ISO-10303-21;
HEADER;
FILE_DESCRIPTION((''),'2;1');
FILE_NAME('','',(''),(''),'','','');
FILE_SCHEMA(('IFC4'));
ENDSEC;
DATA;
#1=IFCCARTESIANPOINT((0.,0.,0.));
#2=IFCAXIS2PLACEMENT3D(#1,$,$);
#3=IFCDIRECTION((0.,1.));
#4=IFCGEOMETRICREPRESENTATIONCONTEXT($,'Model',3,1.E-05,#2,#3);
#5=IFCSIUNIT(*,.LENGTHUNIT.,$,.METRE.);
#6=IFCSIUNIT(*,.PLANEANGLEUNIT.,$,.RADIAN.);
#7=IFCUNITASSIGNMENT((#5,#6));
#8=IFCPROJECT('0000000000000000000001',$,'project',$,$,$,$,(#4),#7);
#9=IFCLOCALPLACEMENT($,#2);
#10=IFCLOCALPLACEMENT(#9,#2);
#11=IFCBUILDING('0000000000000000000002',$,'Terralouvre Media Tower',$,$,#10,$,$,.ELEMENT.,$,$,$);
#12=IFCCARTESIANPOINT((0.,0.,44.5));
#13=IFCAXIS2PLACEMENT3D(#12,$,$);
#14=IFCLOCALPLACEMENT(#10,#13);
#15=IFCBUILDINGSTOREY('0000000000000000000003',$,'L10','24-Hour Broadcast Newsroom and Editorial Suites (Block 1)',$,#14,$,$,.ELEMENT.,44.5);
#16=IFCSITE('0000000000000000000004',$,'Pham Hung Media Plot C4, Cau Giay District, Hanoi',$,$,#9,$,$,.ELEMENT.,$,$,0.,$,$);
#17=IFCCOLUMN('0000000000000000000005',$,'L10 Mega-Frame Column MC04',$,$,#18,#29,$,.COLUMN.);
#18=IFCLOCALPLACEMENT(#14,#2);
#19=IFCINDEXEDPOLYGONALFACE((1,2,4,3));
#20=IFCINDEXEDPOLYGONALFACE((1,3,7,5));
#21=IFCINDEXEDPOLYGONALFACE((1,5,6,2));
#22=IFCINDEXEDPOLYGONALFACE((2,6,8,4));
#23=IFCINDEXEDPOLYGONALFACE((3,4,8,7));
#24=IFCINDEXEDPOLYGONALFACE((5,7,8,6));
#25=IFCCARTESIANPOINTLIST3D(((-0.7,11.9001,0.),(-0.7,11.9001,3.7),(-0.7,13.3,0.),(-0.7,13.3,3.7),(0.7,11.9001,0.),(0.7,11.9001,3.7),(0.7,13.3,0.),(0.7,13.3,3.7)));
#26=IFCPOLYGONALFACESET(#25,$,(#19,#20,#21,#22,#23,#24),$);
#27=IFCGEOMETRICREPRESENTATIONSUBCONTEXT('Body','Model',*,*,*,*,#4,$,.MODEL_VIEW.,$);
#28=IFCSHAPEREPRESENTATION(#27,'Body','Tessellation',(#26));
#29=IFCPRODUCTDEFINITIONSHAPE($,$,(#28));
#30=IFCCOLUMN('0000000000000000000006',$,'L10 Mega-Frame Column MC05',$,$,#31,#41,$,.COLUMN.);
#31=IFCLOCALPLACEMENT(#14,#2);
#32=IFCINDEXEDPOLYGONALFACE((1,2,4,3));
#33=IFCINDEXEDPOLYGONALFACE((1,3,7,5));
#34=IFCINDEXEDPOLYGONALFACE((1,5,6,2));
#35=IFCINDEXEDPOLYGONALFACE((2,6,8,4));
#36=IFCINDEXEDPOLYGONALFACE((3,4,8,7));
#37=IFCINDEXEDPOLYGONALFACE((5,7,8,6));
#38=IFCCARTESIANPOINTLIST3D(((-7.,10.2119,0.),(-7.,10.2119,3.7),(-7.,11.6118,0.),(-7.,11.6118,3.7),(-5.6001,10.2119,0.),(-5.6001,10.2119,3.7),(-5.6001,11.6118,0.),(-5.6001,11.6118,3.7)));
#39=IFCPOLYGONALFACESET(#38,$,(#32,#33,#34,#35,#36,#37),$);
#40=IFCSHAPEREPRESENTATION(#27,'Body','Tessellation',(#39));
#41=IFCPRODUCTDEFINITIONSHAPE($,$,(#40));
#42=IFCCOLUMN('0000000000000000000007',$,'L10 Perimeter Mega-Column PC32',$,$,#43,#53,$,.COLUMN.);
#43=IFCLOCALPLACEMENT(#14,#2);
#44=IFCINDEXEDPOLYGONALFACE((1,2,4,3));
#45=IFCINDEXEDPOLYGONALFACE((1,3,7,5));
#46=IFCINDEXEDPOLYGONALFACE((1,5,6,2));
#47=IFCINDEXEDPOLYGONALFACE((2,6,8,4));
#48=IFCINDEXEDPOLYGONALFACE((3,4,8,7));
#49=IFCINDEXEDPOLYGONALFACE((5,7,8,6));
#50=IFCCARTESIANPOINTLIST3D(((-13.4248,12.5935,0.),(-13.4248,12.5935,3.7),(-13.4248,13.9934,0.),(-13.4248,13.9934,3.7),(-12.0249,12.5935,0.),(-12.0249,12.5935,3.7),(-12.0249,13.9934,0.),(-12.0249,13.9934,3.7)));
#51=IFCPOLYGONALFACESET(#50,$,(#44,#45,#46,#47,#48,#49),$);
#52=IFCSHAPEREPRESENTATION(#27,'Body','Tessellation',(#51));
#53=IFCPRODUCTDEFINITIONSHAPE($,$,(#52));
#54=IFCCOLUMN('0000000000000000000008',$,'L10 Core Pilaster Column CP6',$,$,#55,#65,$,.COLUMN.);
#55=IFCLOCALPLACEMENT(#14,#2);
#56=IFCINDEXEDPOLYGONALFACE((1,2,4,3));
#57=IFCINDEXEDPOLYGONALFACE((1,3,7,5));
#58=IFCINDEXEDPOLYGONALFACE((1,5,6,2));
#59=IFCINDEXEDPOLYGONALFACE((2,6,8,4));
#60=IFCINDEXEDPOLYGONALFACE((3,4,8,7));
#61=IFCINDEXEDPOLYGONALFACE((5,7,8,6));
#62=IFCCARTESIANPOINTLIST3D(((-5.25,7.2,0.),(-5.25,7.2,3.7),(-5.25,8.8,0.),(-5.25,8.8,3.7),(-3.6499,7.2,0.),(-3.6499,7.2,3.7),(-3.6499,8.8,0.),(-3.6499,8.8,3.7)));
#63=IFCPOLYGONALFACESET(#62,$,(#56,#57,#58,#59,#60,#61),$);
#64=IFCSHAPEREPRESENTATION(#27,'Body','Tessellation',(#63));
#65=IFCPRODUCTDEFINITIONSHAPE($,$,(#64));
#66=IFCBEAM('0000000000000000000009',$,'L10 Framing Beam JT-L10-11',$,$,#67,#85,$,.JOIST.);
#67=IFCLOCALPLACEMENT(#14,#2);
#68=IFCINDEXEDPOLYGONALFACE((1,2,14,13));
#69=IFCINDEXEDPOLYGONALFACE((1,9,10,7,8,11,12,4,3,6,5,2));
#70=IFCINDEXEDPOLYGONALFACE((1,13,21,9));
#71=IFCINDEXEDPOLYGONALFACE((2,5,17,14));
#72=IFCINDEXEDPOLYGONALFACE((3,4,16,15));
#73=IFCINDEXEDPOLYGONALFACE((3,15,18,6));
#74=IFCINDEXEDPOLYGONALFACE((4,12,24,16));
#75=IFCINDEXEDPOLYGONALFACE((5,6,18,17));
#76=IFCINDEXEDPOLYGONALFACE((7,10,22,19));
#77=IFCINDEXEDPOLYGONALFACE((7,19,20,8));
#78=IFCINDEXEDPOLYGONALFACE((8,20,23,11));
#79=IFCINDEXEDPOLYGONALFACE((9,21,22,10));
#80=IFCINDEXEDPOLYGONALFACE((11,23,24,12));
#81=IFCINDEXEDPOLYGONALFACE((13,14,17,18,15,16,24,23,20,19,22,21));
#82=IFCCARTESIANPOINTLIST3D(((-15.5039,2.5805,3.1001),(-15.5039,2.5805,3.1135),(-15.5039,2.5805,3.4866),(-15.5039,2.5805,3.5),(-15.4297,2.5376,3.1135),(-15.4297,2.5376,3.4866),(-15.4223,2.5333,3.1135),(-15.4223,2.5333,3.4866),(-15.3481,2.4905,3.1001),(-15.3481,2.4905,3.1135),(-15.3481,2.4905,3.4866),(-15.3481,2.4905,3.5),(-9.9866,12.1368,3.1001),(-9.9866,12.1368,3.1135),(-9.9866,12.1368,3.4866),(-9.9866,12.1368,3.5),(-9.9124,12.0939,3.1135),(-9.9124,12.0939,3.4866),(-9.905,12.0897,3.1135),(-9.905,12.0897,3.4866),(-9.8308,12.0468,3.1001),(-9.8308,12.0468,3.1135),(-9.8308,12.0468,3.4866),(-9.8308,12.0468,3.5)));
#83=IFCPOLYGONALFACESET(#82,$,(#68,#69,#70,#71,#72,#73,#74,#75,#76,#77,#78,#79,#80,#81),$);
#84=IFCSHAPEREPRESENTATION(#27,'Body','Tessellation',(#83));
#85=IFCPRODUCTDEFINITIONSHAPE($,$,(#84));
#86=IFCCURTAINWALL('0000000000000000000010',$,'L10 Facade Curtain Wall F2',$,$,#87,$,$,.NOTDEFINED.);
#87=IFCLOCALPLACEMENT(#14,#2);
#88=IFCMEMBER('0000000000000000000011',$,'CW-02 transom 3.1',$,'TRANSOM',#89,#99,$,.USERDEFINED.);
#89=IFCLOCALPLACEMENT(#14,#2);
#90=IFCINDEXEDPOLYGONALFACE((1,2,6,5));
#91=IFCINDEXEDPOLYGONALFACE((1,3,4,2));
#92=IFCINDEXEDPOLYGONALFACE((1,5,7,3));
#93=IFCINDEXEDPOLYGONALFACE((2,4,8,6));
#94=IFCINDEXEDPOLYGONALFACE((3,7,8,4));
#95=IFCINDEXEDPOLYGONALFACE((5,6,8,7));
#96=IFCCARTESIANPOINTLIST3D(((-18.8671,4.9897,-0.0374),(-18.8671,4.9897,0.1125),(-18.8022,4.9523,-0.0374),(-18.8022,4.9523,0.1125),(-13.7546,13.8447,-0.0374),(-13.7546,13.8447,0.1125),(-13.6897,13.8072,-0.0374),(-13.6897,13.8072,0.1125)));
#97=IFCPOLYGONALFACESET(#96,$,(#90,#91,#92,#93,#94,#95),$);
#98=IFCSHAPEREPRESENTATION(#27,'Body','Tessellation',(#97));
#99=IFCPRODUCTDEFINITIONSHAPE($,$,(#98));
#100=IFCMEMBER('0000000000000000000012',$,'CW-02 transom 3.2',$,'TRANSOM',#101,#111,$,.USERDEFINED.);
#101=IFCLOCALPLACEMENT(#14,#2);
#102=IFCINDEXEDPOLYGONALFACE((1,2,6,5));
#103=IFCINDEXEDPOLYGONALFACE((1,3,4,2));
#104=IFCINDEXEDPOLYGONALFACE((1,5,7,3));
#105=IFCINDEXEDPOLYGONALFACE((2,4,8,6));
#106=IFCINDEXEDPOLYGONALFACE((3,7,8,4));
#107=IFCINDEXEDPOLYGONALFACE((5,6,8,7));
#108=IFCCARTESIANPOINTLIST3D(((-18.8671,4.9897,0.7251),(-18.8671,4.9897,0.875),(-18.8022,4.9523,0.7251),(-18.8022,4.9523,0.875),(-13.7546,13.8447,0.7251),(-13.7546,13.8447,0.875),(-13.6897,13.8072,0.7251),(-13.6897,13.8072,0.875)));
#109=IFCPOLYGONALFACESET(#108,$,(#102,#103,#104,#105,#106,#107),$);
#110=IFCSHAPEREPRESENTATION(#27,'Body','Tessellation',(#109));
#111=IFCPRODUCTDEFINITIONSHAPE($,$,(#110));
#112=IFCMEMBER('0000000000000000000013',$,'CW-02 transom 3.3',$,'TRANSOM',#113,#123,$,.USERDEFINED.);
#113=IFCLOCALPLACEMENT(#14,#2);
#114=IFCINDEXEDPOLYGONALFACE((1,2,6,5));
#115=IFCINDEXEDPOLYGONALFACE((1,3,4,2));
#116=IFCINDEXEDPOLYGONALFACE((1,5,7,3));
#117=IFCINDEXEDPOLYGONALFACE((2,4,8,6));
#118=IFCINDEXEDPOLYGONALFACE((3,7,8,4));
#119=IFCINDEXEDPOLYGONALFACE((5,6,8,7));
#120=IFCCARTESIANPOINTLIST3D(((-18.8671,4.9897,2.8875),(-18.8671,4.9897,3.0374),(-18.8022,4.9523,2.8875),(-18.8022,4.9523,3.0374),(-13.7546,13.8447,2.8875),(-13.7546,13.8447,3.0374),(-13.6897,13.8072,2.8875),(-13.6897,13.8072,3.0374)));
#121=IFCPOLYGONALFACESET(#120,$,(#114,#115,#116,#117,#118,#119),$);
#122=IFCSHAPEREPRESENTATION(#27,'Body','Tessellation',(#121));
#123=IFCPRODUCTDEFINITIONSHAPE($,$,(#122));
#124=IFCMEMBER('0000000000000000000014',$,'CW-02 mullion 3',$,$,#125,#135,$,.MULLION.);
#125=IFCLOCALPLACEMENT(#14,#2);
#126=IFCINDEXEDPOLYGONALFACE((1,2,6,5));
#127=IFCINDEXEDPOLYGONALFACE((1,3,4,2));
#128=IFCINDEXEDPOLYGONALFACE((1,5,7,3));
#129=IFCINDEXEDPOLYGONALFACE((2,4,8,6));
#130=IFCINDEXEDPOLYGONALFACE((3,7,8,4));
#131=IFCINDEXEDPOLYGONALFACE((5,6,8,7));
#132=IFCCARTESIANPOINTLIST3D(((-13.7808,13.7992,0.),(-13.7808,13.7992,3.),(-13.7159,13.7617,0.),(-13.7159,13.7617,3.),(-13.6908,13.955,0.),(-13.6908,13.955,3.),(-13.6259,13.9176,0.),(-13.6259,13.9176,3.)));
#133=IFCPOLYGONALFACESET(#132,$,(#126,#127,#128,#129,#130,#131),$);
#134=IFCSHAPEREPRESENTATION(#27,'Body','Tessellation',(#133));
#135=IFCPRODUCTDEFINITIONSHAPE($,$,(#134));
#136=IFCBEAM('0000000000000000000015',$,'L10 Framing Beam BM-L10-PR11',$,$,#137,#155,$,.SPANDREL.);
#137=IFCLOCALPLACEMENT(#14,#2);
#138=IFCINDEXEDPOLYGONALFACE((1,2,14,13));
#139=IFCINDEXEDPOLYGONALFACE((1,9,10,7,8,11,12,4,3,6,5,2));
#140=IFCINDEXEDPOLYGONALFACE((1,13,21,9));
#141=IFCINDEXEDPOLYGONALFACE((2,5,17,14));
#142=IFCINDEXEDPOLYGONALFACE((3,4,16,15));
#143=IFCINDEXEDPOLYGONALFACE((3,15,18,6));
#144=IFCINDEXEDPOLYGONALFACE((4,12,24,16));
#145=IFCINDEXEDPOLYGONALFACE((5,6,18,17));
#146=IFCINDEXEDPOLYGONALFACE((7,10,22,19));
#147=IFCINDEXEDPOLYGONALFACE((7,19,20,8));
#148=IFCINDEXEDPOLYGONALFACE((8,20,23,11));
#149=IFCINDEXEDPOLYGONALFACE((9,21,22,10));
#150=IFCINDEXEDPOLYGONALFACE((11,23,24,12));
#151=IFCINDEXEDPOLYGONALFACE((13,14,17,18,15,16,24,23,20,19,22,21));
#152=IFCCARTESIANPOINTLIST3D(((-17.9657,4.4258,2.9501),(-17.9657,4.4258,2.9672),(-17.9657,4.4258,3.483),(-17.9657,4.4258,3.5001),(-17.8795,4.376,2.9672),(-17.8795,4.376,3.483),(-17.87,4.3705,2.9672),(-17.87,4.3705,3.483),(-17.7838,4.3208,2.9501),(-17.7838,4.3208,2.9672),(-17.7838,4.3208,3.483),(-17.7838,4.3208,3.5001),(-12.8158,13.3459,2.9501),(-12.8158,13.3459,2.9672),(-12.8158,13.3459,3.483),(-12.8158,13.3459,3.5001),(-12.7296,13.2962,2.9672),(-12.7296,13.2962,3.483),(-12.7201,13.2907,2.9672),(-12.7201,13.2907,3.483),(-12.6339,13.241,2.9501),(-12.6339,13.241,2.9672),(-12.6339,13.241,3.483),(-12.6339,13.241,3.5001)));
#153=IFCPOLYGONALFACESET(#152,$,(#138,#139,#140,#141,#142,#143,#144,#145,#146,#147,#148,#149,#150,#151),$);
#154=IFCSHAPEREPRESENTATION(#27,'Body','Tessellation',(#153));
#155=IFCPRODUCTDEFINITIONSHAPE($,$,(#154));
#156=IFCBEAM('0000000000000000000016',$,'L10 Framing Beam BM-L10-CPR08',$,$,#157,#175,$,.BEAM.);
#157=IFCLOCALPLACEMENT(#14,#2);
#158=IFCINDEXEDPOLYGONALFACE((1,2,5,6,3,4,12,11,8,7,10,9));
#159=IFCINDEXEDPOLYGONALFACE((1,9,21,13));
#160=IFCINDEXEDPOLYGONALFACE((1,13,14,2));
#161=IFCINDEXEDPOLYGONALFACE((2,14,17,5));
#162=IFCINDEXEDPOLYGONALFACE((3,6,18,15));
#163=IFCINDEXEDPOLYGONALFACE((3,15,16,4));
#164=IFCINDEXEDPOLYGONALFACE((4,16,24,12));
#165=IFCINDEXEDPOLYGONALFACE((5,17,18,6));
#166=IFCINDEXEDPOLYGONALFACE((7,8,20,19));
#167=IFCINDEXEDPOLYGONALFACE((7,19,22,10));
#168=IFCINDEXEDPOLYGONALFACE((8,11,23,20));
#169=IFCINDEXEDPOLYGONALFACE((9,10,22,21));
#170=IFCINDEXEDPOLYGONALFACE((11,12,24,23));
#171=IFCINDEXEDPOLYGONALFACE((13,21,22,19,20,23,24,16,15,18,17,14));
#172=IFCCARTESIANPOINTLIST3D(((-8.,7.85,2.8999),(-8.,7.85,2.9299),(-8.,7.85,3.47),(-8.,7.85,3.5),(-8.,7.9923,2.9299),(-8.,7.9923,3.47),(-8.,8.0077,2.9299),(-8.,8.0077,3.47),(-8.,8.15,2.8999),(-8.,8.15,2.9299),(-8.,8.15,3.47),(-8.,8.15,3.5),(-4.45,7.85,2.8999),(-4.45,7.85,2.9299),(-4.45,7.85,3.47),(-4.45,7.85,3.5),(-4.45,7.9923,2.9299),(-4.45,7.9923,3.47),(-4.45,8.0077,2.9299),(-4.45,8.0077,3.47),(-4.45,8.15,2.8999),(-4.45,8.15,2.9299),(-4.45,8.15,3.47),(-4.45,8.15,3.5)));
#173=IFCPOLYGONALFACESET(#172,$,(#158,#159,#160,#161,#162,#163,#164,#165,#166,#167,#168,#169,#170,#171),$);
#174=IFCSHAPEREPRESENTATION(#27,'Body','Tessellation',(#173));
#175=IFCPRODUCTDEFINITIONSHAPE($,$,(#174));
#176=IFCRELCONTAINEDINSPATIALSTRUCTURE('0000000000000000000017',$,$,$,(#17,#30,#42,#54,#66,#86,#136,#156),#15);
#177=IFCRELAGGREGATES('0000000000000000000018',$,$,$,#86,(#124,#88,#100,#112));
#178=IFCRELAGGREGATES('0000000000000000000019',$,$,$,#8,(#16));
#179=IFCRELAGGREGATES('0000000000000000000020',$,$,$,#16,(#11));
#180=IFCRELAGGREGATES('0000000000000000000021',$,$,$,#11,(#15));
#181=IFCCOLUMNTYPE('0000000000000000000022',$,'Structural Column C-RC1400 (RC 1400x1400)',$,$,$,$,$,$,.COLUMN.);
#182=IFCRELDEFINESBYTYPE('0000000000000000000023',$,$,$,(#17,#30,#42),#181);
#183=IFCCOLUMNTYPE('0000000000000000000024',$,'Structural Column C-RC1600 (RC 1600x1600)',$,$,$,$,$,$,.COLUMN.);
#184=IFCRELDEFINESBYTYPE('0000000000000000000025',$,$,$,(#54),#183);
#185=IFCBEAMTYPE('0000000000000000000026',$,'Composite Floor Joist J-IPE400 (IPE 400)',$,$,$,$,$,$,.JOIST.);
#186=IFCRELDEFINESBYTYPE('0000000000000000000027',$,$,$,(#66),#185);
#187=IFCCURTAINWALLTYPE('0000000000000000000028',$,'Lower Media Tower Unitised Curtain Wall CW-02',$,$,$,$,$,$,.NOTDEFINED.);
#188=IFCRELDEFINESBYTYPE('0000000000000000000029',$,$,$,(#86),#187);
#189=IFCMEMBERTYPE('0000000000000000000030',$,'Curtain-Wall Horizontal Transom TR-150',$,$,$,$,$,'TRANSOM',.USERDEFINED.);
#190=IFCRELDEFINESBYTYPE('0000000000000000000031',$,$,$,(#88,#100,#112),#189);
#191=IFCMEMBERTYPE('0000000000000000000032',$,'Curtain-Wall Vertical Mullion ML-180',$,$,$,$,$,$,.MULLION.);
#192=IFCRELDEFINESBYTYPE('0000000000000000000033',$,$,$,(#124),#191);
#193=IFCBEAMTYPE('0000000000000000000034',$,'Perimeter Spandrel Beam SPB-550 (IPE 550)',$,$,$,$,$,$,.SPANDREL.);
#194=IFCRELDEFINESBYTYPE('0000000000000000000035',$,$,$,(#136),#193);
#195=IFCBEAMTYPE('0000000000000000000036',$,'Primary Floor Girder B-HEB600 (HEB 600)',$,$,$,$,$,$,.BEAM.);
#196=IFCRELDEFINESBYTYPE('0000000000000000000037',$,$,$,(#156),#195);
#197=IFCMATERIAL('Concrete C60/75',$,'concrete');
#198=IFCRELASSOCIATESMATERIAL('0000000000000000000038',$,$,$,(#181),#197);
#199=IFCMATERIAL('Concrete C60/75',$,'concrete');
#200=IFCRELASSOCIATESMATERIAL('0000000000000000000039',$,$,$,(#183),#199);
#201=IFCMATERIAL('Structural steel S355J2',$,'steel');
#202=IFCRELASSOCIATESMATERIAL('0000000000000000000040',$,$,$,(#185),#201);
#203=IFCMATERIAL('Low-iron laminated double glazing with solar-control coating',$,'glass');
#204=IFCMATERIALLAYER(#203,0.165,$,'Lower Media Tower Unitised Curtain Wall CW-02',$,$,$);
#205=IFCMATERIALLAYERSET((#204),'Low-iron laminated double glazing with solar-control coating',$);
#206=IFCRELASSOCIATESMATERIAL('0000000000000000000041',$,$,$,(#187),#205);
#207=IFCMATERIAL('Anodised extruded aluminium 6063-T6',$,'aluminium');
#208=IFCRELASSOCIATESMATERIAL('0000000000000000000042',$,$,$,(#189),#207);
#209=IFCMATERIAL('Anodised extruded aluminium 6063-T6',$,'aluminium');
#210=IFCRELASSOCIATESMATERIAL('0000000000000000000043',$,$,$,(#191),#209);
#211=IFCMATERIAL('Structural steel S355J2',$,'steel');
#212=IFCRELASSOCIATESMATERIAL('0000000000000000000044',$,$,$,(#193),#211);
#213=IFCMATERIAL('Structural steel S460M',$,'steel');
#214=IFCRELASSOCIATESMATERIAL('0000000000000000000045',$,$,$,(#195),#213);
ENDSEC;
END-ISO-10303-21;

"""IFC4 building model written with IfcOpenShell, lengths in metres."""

from ifc_helpers import new_model, si_unit, direction, frame, origin, origin_2d, place, context, subcontext, project, spatial, rectangle, i_section, extrude, material, layer, layer_set, material_profile, profile_set, type_object, element, aggregate, save


model = new_model("IFC4")

# Units and contexts
model_context = context("Model", 3, precision=1e-05, world=origin(), true_north=direction((0.0, 1.0)))
body_context = subcontext(model_context, "Body", "Model", "MODEL_VIEW")
ifc_project = project(units=[si_unit("LENGTHUNIT", "METRE"), si_unit("PLANEANGLEUNIT", "RADIAN")], contexts=[model_context])

# Site, building, storey
site_placement = place(None, origin())
site = spatial("IfcSite", under=ifc_project, at=site_placement, Name="Pham Hung Media Plot C4, Cau Giay District, Hanoi", CompositionType="ELEMENT", RefElevation=0.0)
building_placement = place(site_placement, origin())
building = spatial("IfcBuilding", under=site, at=building_placement, Name="Terralouvre Media Tower", CompositionType="ELEMENT")
storey_placement = place(building_placement, frame((0.0, 0.0, 44.5)))
storey = spatial("IfcBuildingStorey", under=building, at=storey_placement, Name="L10", Description="24-Hour Broadcast Newsroom and Editorial Suites (Block 1)", CompositionType="ELEMENT", Elevation=44.5)

# Columns
ifc_material_1 = material(Name="Concrete C60/75", Category="concrete")
ifc_material_profile_1 = material_profile(ifc_material_1, rectangle(XDim=1.3999, YDim=1.3999, at=origin_2d()), Name="RC 1400x1400")
ifc_profile_set_1 = profile_set([ifc_material_profile_1], Name="Concrete C60/75")
column_type_1 = type_object("IfcColumnType", Name="Structural Column C-RC1400 (RC 1400x1400)", PredefinedType="COLUMN", material=ifc_profile_set_1)
for number, where, z_axis, x_axis, name in (
    (1, (0.0, 12.6001, 0.0), (0.0, 0.0, 1.0), (1.0, 0.0, 0.0), "L10 Mega-Frame Column MC04"),
    (2, (-6.3, 10.9119, 0.0), (0.0, 0.0, 1.0), (1.0, 0.0, 0.0), "L10 Mega-Frame Column MC05"),
    (3, (-12.7249, 13.2935, 0.0), (0.0, 0.0, 1.0), (1.0, 0.0, 0.0), "L10 Perimeter Mega-Column PC32"),
):
    element("IfcColumn", number, at=place(storey_placement, frame(where, z_axis=z_axis, x_axis=x_axis)), inside=storey, type_object=column_type_1, Name=name, PredefinedType="COLUMN", context=body_context, shape_type="SweptSolid", body=[
        extrude(rectangle(XDim=1.3999, YDim=1.3999, at=origin_2d()), origin(), (0.0, 0.0, 1.0), 3.7),
    ])
ifc_material_2 = material(Name="Concrete C60/75", Category="concrete")
ifc_material_profile_2 = material_profile(ifc_material_2, rectangle(XDim=1.6001, YDim=1.6001, at=origin_2d()), Name="RC 1600x1600")
ifc_profile_set_2 = profile_set([ifc_material_profile_2], Name="Concrete C60/75")
column_type_2 = type_object("IfcColumnType", Name="Structural Column C-RC1600 (RC 1600x1600)", PredefinedType="COLUMN", material=ifc_profile_set_2)
column_placement = place(storey_placement, frame((-4.45, 8.0, 0.0), z_axis=(0.0, 0.0, 1.0), x_axis=(1.0, 0.0, 0.0)))
element("IfcColumn", 4, at=column_placement, inside=storey, type_object=column_type_2, Name="L10 Core Pilaster Column CP6", PredefinedType="COLUMN", context=body_context, shape_type="SweptSolid", body=[
    extrude(rectangle(XDim=1.6001, YDim=1.6001, at=origin_2d()), origin(), (0.0, 0.0, 1.0), 3.7),
])

# Beam
ifc_material_3 = material(Name="Structural steel S355J2", Category="steel")
ifc_material_profile_3 = material_profile(ifc_material_3, i_section(OverallWidth=0.1799, OverallDepth=0.3999, WebThickness=0.0085, FlangeThickness=0.0134, at=origin_2d()), Name="IPE 400")
ifc_profile_set_3 = profile_set([ifc_material_profile_3], Name="Structural steel S355J2")
beam_type_1 = type_object("IfcBeamType", Name="Composite Floor Joist J-IPE400 (IPE 400)", PredefinedType="JOIST", material=ifc_profile_set_3)
beam_1_placement = place(storey_placement, frame((-9.9087, 12.0918, 3.3), z_axis=(-0.499996, -0.866028, 0.0), x_axis=(0.866028, -0.499996, 0.0)))
element("IfcBeam", 5, at=beam_1_placement, inside=storey, type_object=beam_type_1, Name="L10 Framing Beam JT-L10-11", PredefinedType="JOIST", context=body_context, shape_type="SweptSolid", body=[
    extrude(i_section(OverallWidth=0.1799, OverallDepth=0.3999, WebThickness=0.0085, FlangeThickness=0.0134, at=origin_2d()), origin(), (0.0, 0.0, 1.0), 11.0347),
])

# Curtain wall, members
ifc_material_4 = material(Name="Low-iron laminated double glazing with solar-control coating", Category="glass")
ifc_layer_1 = layer(ifc_material_4, 0.165, Name="Lower Media Tower Unitised Curtain Wall CW-02")
ifc_layer_set_1 = layer_set([ifc_layer_1], Name="Low-iron laminated double glazing with solar-control coating")
curtain_wall_type = type_object("IfcCurtainWallType", Name="Lower Media Tower Unitised Curtain Wall CW-02", PredefinedType="NOTDEFINED", material=ifc_layer_set_1)
curtain_wall_placement = place(storey_placement, origin())
curtain_wall = element("IfcCurtainWall", 6, at=curtain_wall_placement, inside=storey, type_object=curtain_wall_type, Name="L10 Facade Curtain Wall F2", PredefinedType="NOTDEFINED")
ifc_material_5 = material(Name="Anodised extruded aluminium 6063-T6", Category="aluminium")
ifc_material_profile_4 = material_profile(ifc_material_5, rectangle(XDim=0.075, YDim=0.1499, at=origin_2d()), Name="ALU 75x150")
ifc_profile_set_4 = profile_set([ifc_material_profile_4], Name="Anodised extruded aluminium 6063-T6")
member_type_1 = type_object("IfcMemberType", Name="Curtain-Wall Horizontal Transom TR-150", ElementType="TRANSOM", PredefinedType="USERDEFINED", material=ifc_profile_set_4)
member_1_placement = place(storey_placement, frame((-13.7222, 13.8259, 0.0376), z_axis=(-0.500009, -0.86602, 0.0), x_axis=(0.86602, -0.500009, 0.0)))
member_1 = element("IfcMember", 7, at=member_1_placement, type_object=member_type_1, Name="CW-02 transom 3.1", ObjectType="TRANSOM", PredefinedType="USERDEFINED", context=body_context, shape_type="SweptSolid", body=[
    extrude(rectangle(XDim=0.075, YDim=0.1499, at=origin_2d()), origin(), (0.0, 0.0, 1.0), 10.2249),
])
member_2_placement = place(storey_placement, frame((-13.7222, 13.8259, 0.8), z_axis=(-0.500009, -0.86602, 0.0), x_axis=(0.86602, -0.500009, 0.0)))
member_2 = element("IfcMember", 8, at=member_2_placement, type_object=member_type_1, Name="CW-02 transom 3.2", ObjectType="TRANSOM", PredefinedType="USERDEFINED", context=body_context, shape_type="SweptSolid", body=[
    extrude(rectangle(XDim=0.075, YDim=0.1499, at=origin_2d()), origin(), (0.0, 0.0, 1.0), 10.2249),
])
member_3_placement = place(storey_placement, frame((-13.7222, 13.8259, 2.9624), z_axis=(-0.500009, -0.86602, 0.0), x_axis=(0.86602, -0.500009, 0.0)))
member_3 = element("IfcMember", 9, at=member_3_placement, type_object=member_type_1, Name="CW-02 transom 3.3", ObjectType="TRANSOM", PredefinedType="USERDEFINED", context=body_context, shape_type="SweptSolid", body=[
    extrude(rectangle(XDim=0.075, YDim=0.1499, at=origin_2d()), origin(), (0.0, 0.0, 1.0), 10.2249),
])
ifc_material_6 = material(Name="Anodised extruded aluminium 6063-T6", Category="aluminium")
ifc_material_profile_5 = material_profile(ifc_material_6, rectangle(XDim=0.075, YDim=0.1799, at=origin_2d()), Name="ALU 75x180")
ifc_profile_set_5 = profile_set([ifc_material_profile_5], Name="Anodised extruded aluminium 6063-T6")
member_type_2 = type_object("IfcMemberType", Name="Curtain-Wall Vertical Mullion ML-180", PredefinedType="MULLION", material=ifc_profile_set_5)
member_4_placement = place(storey_placement, frame((-13.7034, 13.8584, 0.0), z_axis=(0.0, 0.0, 1.0), x_axis=(0.866025, -0.5, 0.0)))
member_4 = element("IfcMember", 10, at=member_4_placement, type_object=member_type_2, Name="CW-02 mullion 3", PredefinedType="MULLION", context=body_context, shape_type="SweptSolid", body=[
    extrude(rectangle(XDim=0.075, YDim=0.1799, at=origin_2d()), origin(), (0.0, 0.0, 1.0), 3.0),
])

# Beams
ifc_material_7 = material(Name="Structural steel S355J2", Category="steel")
ifc_material_profile_6 = material_profile(ifc_material_7, i_section(OverallWidth=0.21, OverallDepth=0.55, WebThickness=0.011, FlangeThickness=0.0171, at=origin_2d()), Name="IPE 550")
ifc_profile_set_6 = profile_set([ifc_material_profile_6], Name="Structural steel S355J2")
beam_type_2 = type_object("IfcBeamType", Name="Perimeter Spandrel Beam SPB-550 (IPE 550)", PredefinedType="SPANDREL", material=ifc_profile_set_6)
beam_2_placement = place(storey_placement, frame((-12.7249, 13.2935, 3.2251), z_axis=(-0.499989, -0.866032, 0.0), x_axis=(0.866032, -0.499989, 0.0)))
element("IfcBeam", 11, at=beam_2_placement, inside=storey, type_object=beam_type_2, Name="L10 Framing Beam BM-L10-PR11", PredefinedType="SPANDREL", context=body_context, shape_type="SweptSolid", body=[
    extrude(i_section(OverallWidth=0.21, OverallDepth=0.55, WebThickness=0.011, FlangeThickness=0.0171, at=origin_2d()), origin(), (0.0, 0.0, 1.0), 10.3),
])
ifc_material_8 = material(Name="Structural steel S460M", Category="steel")
ifc_material_profile_7 = material_profile(ifc_material_8, i_section(OverallWidth=0.3, OverallDepth=0.6001, WebThickness=0.0154, FlangeThickness=0.03, at=origin_2d()), Name="HEB 600")
ifc_profile_set_7 = profile_set([ifc_material_profile_7], Name="Structural steel S460M")
beam_type_3 = type_object("IfcBeamType", Name="Primary Floor Girder B-HEB600 (HEB 600)", PredefinedType="BEAM", material=ifc_profile_set_7)
beam_3_placement = place(storey_placement, frame((-4.45, 8.0, 3.2), z_axis=(-1.0, 0.0, 0.0), x_axis=(0.0, -1.0, 0.0)))
element("IfcBeam", 12, at=beam_3_placement, inside=storey, type_object=beam_type_3, Name="L10 Framing Beam BM-L10-CPR08", PredefinedType="BEAM", context=body_context, shape_type="SweptSolid", body=[
    extrude(i_section(OverallWidth=0.3, OverallDepth=0.6001, WebThickness=0.0154, FlangeThickness=0.03, at=origin_2d()), origin(), (0.0, 0.0, 1.0), 3.55),
])

aggregate(curtain_wall, [member_4, member_1, member_2, member_3])

save(model, "model.ifc")
